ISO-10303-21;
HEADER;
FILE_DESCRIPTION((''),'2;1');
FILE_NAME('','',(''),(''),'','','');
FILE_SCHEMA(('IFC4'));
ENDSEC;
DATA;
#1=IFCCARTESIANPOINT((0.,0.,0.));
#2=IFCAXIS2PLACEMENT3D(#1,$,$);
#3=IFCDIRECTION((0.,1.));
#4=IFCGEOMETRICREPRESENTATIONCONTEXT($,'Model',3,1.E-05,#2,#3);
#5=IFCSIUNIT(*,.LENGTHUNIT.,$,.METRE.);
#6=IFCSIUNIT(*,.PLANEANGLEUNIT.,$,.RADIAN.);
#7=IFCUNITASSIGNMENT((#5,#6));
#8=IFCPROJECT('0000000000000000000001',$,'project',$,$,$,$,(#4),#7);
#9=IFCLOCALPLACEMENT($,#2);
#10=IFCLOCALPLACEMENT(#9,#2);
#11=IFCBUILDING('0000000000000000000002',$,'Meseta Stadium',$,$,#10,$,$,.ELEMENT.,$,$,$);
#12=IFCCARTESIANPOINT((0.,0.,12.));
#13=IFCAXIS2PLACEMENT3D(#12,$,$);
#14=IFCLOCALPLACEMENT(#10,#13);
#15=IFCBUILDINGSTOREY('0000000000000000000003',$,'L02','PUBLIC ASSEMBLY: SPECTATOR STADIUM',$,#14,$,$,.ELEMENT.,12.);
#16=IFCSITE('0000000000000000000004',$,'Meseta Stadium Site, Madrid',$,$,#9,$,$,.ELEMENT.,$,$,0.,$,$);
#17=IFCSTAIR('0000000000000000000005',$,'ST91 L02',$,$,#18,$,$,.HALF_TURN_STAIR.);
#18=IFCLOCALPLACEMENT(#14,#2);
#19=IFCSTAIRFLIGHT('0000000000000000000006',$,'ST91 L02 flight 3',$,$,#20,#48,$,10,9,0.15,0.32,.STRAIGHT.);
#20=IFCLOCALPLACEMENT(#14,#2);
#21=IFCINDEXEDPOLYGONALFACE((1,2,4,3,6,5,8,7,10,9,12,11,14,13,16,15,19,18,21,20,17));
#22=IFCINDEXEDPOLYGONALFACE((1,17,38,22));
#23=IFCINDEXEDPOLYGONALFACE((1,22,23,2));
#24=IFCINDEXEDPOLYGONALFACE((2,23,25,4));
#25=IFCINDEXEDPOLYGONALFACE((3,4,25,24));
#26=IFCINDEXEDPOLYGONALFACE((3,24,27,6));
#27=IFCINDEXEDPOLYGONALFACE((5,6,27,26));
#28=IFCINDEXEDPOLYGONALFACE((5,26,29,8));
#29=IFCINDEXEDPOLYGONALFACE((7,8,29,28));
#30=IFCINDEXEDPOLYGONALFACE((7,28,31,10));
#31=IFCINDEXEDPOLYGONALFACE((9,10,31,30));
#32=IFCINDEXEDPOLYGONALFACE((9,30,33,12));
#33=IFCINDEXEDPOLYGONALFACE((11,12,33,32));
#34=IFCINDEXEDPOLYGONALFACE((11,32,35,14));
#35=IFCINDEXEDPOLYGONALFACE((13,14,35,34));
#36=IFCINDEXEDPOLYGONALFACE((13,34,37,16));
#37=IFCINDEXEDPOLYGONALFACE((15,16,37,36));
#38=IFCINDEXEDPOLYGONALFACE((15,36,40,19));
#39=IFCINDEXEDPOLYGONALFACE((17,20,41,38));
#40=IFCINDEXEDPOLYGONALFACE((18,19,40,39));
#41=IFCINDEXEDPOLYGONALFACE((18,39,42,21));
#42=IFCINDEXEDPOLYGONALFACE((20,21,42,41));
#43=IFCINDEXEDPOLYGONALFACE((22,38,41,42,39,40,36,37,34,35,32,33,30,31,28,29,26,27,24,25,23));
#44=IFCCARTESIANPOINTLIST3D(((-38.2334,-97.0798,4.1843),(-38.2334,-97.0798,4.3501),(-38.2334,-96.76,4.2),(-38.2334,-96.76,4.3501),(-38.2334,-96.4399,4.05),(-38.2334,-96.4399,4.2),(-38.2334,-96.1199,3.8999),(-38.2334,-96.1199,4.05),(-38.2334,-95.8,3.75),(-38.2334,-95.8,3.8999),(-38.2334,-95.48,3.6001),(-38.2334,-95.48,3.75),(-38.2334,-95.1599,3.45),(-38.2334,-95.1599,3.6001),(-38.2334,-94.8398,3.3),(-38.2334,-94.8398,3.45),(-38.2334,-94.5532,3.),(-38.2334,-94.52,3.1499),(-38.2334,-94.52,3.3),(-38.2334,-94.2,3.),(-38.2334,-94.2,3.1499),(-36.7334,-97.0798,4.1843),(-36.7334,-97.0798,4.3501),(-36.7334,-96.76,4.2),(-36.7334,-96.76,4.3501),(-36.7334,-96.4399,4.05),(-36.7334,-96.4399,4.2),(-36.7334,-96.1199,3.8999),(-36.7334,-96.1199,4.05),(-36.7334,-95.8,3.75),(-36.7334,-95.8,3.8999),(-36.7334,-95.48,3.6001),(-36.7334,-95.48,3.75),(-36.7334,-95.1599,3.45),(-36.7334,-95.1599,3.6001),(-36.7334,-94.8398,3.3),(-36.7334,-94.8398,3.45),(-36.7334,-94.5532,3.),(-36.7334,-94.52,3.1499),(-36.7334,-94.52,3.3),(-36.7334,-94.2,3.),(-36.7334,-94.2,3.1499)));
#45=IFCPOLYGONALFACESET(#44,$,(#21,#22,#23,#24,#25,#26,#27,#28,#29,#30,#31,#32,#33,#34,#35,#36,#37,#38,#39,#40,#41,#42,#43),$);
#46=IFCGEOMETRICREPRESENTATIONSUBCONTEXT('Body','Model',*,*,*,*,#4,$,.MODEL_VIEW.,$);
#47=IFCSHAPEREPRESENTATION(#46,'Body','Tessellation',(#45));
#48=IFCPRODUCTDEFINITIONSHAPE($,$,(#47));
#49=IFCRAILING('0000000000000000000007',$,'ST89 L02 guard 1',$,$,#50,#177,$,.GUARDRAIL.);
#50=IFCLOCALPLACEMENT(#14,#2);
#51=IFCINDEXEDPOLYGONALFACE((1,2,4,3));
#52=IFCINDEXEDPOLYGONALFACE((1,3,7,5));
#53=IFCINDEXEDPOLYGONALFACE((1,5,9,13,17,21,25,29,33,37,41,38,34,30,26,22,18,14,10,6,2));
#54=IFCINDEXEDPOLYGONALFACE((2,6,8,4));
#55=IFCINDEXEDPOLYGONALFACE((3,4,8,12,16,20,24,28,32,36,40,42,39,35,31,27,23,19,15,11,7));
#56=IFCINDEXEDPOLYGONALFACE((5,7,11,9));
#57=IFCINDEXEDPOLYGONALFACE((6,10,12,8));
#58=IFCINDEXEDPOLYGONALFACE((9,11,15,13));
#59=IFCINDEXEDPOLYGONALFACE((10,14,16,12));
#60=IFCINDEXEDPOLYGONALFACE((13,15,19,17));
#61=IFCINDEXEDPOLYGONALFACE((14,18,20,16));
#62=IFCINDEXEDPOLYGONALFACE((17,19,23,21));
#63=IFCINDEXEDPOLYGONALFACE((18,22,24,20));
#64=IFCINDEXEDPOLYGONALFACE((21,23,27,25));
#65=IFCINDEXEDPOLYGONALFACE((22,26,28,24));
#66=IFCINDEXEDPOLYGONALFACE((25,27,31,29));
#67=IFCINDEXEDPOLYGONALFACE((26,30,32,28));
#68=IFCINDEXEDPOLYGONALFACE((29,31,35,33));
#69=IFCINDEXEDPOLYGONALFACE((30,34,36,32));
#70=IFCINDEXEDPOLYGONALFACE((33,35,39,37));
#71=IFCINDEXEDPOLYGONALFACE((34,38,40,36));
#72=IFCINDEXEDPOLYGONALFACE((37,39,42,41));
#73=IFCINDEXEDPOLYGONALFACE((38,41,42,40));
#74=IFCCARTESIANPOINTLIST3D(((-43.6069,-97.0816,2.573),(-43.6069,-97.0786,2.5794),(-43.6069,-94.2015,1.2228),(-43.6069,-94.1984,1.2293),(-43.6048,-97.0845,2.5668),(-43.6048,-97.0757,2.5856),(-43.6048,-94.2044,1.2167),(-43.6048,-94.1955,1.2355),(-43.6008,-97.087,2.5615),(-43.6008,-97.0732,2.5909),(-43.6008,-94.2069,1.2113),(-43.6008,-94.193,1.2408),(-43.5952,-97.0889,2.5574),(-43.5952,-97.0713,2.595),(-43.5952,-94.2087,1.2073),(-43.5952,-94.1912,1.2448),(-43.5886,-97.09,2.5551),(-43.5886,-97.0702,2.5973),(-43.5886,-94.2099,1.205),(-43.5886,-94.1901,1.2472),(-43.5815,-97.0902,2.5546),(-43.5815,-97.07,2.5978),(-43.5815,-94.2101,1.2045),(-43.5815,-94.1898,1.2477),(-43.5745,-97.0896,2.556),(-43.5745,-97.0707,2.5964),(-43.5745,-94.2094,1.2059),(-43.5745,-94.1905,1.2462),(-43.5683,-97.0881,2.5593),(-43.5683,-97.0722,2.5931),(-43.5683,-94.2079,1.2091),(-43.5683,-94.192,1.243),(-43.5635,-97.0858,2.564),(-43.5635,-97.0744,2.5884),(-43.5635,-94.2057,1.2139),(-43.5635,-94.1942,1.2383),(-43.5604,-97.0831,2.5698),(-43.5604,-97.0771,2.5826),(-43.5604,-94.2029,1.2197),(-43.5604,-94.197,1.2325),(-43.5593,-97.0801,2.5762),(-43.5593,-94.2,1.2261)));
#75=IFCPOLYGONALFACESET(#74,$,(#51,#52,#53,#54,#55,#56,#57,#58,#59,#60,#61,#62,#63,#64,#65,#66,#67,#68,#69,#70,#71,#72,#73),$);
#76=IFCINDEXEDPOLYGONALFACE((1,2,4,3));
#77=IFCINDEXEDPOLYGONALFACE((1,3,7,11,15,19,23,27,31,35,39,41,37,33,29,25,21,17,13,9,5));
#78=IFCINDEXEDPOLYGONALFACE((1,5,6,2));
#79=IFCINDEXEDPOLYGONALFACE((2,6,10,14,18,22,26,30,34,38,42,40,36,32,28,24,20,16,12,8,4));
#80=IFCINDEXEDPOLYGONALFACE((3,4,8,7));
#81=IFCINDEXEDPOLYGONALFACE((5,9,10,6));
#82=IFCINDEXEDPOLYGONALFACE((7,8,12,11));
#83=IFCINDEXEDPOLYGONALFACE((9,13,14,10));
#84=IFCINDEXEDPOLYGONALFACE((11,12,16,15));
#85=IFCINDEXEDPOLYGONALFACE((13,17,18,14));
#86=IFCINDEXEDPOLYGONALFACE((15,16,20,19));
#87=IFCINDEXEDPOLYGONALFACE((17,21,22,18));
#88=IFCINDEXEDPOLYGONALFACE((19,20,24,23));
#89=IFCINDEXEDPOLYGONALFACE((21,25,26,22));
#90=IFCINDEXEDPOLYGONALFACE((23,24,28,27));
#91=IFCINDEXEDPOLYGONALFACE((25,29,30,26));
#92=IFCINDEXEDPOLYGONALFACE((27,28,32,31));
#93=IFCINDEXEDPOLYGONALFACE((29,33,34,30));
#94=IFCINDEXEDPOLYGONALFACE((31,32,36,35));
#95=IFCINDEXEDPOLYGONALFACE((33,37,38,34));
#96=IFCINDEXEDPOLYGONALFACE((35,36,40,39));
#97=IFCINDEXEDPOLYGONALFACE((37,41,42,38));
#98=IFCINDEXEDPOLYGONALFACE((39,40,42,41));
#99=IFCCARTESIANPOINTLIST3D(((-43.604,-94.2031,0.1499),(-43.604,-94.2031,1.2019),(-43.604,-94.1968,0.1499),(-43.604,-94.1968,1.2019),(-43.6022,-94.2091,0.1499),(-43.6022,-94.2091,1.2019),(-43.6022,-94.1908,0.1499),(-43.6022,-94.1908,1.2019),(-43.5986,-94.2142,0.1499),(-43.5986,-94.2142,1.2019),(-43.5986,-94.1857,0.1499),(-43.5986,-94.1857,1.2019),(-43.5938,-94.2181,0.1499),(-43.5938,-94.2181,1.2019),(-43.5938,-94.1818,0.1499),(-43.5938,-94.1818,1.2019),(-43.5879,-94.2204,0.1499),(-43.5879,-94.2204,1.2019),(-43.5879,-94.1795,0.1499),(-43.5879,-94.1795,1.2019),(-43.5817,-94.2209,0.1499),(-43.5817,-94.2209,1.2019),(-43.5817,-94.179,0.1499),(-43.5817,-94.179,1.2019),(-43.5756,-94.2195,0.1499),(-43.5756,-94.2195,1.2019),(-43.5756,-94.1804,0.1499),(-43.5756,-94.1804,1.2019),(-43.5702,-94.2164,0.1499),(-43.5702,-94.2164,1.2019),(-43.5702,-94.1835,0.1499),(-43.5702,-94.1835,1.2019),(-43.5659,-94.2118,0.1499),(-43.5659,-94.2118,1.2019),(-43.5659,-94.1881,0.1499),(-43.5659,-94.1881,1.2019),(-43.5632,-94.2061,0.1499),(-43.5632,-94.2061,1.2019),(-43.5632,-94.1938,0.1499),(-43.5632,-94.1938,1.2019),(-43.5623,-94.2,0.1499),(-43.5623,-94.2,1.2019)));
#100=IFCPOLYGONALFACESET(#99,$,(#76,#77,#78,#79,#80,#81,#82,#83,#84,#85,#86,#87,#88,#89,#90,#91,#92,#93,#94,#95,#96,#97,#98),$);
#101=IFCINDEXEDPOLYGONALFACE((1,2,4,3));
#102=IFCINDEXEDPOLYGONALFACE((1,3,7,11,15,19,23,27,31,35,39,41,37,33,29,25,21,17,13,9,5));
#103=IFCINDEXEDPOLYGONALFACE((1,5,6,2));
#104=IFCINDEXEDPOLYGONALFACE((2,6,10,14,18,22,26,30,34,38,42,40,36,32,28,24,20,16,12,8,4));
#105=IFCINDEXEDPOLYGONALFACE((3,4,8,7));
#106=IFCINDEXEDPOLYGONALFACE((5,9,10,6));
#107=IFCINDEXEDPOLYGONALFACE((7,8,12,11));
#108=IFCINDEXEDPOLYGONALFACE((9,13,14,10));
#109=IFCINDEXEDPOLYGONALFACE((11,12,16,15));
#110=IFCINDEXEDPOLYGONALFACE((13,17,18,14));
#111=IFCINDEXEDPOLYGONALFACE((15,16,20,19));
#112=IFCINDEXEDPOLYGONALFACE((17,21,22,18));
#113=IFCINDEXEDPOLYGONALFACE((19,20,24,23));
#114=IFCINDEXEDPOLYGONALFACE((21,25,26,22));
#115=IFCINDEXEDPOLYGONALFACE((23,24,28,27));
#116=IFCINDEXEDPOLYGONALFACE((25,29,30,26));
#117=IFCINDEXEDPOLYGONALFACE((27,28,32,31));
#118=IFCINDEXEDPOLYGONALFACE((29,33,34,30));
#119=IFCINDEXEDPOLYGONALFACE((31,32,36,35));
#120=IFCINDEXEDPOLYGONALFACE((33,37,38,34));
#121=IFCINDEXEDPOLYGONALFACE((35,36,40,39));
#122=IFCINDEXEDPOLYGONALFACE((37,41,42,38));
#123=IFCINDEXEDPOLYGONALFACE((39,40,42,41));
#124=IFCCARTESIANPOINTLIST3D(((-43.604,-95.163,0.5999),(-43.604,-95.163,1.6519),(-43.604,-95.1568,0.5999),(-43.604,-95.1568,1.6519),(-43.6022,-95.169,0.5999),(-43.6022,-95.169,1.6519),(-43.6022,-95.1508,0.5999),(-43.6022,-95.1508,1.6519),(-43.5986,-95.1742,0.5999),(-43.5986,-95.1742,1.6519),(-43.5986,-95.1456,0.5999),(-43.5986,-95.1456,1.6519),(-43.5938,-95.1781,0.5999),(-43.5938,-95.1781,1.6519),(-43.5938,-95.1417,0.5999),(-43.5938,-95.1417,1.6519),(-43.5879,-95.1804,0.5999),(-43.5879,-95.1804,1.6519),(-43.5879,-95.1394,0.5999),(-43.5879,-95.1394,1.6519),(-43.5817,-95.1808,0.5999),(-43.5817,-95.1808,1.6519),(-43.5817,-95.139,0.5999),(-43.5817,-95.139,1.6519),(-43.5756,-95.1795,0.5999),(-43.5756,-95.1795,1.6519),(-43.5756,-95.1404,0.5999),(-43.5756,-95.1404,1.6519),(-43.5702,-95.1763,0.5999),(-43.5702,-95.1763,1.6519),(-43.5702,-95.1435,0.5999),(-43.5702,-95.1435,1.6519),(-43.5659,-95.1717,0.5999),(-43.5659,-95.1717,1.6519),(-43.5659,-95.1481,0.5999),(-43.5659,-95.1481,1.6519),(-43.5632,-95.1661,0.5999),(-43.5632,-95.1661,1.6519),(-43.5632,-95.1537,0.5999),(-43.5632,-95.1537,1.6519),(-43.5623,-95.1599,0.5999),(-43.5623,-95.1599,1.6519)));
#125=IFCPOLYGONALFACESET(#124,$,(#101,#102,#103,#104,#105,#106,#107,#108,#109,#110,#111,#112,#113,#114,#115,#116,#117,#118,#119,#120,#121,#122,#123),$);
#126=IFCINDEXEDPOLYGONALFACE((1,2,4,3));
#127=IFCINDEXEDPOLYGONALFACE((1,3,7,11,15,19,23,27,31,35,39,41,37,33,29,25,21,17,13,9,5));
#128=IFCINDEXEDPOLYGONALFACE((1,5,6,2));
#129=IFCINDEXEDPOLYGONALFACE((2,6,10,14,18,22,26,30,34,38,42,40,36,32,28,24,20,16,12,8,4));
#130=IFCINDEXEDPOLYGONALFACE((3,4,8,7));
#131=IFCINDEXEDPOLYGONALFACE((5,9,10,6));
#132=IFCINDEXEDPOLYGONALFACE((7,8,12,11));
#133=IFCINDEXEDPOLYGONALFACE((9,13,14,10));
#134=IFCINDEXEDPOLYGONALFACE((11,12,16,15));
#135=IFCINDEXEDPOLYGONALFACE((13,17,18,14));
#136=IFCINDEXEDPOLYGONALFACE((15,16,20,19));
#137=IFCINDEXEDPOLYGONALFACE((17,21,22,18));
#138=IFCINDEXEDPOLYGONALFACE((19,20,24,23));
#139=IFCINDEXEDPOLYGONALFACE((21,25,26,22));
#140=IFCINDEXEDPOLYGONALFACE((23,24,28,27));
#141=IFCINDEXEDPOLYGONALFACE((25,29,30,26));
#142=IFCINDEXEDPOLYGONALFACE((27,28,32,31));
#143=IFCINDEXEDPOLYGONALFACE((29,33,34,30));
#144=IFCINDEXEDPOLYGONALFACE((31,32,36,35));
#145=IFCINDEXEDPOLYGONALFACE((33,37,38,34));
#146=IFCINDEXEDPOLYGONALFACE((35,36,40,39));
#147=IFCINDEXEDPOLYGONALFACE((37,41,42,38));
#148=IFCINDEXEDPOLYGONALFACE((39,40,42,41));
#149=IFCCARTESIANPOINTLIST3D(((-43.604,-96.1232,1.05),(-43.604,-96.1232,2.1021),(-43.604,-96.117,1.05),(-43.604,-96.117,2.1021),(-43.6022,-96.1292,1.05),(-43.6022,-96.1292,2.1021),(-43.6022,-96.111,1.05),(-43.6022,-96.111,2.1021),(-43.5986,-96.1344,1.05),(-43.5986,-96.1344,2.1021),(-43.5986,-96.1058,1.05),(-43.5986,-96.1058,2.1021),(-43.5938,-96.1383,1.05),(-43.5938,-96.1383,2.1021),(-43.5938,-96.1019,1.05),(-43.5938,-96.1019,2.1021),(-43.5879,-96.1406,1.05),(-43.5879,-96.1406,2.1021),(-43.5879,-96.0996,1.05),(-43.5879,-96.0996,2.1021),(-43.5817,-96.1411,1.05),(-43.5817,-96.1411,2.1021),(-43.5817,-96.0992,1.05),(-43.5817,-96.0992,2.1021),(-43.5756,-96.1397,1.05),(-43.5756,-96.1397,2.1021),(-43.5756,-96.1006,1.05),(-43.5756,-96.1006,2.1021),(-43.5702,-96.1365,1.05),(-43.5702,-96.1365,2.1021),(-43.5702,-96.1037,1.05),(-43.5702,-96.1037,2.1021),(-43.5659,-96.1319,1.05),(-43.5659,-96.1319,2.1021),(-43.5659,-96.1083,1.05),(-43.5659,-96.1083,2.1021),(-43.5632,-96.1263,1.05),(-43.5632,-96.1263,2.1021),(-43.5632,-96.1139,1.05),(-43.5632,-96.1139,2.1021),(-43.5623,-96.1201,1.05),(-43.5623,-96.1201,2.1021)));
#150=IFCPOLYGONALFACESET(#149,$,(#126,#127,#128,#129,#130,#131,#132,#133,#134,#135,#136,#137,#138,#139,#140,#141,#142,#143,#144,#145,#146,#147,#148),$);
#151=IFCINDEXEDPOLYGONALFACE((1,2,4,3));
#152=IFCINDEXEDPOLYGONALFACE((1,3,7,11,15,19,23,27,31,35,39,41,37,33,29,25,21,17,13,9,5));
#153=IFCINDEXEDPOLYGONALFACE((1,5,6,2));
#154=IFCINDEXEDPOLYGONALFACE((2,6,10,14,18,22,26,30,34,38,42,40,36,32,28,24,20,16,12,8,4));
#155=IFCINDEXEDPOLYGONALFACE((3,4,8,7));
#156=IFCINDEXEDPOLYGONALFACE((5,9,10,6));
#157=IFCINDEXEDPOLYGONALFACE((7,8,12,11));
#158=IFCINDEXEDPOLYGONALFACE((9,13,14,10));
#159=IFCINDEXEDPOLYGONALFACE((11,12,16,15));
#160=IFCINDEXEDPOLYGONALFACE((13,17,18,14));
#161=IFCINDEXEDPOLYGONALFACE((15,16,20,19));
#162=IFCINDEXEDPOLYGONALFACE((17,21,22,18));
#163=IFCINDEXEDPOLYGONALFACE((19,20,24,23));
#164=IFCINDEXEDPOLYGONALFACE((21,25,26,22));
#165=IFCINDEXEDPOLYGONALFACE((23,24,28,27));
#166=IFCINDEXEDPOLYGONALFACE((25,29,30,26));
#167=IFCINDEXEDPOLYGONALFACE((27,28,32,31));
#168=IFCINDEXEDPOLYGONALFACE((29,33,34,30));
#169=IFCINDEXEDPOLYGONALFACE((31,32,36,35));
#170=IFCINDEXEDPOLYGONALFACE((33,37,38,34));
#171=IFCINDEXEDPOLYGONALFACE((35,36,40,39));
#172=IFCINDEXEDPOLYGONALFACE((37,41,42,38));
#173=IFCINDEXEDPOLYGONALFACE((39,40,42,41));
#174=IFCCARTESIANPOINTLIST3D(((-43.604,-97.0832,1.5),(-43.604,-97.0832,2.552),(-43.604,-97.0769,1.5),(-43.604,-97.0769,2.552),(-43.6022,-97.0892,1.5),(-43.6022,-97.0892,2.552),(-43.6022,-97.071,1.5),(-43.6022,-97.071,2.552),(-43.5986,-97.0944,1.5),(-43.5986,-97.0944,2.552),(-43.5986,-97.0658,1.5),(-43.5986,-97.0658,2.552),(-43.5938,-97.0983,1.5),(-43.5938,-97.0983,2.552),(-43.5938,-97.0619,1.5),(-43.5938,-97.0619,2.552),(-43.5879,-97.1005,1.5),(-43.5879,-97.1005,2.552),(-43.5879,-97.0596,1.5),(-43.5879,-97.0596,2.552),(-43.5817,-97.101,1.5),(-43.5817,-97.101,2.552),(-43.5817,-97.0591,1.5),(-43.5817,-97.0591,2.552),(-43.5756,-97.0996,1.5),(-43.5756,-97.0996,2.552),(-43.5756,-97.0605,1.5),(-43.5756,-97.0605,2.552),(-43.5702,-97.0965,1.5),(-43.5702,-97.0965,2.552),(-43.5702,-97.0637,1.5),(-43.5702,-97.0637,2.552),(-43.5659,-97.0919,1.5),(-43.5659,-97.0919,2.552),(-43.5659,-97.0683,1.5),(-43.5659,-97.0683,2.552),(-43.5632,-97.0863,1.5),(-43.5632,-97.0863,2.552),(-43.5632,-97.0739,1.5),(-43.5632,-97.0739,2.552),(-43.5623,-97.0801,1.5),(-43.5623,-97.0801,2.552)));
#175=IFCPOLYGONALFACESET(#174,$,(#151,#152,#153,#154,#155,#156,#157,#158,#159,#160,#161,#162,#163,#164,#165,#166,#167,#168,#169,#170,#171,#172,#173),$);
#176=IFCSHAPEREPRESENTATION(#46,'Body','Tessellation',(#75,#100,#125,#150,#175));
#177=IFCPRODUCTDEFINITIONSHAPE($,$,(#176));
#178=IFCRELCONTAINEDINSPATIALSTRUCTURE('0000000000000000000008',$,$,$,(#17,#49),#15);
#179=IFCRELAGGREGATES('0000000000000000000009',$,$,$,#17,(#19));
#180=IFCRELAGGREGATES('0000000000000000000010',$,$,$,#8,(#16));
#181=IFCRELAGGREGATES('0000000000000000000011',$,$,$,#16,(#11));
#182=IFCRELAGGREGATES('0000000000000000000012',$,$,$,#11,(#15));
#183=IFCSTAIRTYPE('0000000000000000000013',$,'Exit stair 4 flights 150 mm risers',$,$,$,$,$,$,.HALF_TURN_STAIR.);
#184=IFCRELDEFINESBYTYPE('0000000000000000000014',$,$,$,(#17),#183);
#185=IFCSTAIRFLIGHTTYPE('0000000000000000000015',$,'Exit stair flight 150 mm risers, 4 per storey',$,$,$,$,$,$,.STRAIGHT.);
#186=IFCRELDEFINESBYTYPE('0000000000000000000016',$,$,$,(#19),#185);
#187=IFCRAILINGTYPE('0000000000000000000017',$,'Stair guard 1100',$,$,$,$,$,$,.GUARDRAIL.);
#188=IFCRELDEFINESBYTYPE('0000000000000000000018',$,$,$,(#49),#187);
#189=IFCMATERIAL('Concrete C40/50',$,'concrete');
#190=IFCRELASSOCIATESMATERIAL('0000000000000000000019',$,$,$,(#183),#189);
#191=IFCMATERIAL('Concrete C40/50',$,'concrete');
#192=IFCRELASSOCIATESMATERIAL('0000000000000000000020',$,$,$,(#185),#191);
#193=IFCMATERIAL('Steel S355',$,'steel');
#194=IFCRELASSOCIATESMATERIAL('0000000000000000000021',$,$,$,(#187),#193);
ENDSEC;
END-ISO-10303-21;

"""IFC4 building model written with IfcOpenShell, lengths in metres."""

from ifc_helpers import new_model, si_unit, direction, frame, origin, origin_2d, place, context, subcontext, project, spatial, polyline, circle, outline, extrude, material, type_object, element, aggregate, save


model = new_model("IFC4")

# Units and contexts
model_context = context("Model", 3, precision=1e-05, world=origin(), true_north=direction((0.0, 1.0)))
body_context = subcontext(model_context, "Body", "Model", "MODEL_VIEW")
ifc_project = project(units=[si_unit("LENGTHUNIT", "METRE"), si_unit("PLANEANGLEUNIT", "RADIAN")], contexts=[model_context])

# Site, building, storey
site_placement = place(None, origin())
site = spatial("IfcSite", under=ifc_project, at=site_placement, Name="Meseta Stadium Site, Madrid", CompositionType="ELEMENT", RefElevation=0.0)
building_placement = place(site_placement, origin())
building = spatial("IfcBuilding", under=site, at=building_placement, Name="Meseta Stadium", CompositionType="ELEMENT")
storey_placement = place(building_placement, frame((0.0, 0.0, 12.0)))
storey = spatial("IfcBuildingStorey", under=building, at=storey_placement, Name="L02", Description="PUBLIC ASSEMBLY: SPECTATOR STADIUM", CompositionType="ELEMENT", Elevation=12.0)

# Stair, stair flight
ifc_material_1 = material(Name="Concrete C40/50", Category="concrete")
stair_type = type_object("IfcStairType", Name="Exit stair 4 flights 150 mm risers", PredefinedType="HALF_TURN_STAIR", material=ifc_material_1)
ifc_material_2 = material(Name="Concrete C40/50", Category="concrete")
stair_flight_type = type_object("IfcStairFlightType", Name="Exit stair flight 150 mm risers, 4 per storey", PredefinedType="STRAIGHT", material=ifc_material_2)
stair_1_placement = place(storey_placement, origin())
stair_1 = element("IfcStair", 1, at=stair_1_placement, inside=storey, type_object=stair_type, Name="ST91 L02", PredefinedType="HALF_TURN_STAIR")
stair_flight_1_placement = place(storey_placement, frame((-37.4834, -94.2, 3.0), z_axis=(0.0, 0.0, 1.0), x_axis=(0.0, -1.0, 0.0)))
stair_flight_1 = element("IfcStairFlight", 2, at=stair_flight_1_placement, type_object=stair_flight_type, Name="ST91 L02 flight 3", NumberOfRisers=10, NumberOfTreads=9, PredefinedType="STRAIGHT", RiserHeight=0.15, TreadLength=0.32, context=body_context, shape_type="SweptSolid", body=[
    extrude(outline(polyline([(0.0, 0.0), (0.0, 0.1499), (0.3201, 0.1499), (0.3201, 0.3), (0.6399, 0.3), (0.6399, 0.45), (0.96, 0.45), (0.96, 0.6001), (1.28, 0.6001), (1.28, 0.75), (1.6001, 0.75), (1.6001, 0.8999), (1.9199, 0.8999), (1.9199, 1.05), (2.24, 1.05), (2.24, 1.2), (2.5601, 1.2), (2.5601, 1.3501), (2.8799, 1.3501), (2.8799, 1.1843), (0.3533, 0.0), (0.0, 0.0)])), frame((0.0, 0.75, 0.0), z_axis=(0.0, -1.0, 0.0), x_axis=(1.0, 0.0, 0.0)), (0.0, 0.0, 1.0), 1.5),
])
aggregate(stair_1, [stair_flight_1])

# Railing
ifc_material_3 = material(Name="Steel S355", Category="steel")
railing_type_1 = type_object("IfcRailingType", Name="Stair guard 1100", PredefinedType="GUARDRAIL", material=ifc_material_3)
for number, where, name in (
    (3, (-43.5833, -94.2, 0.1499), "ST89 L02 guard 1"),
):
    element("IfcRailing", number, at=place(storey_placement, frame(where)), inside=storey, type_object=railing_type_1, Name=name, PredefinedType="GUARDRAIL", context=body_context, shape_type="SweptSolid", body=[
        extrude(circle(Radius=0.0239, at=origin_2d()), frame((0.0, 0.0, 1.0762), z_axis=(0.0, -0.905454, 0.424444), x_axis=(1.0, 0.0, 0.0)), (0.0, 0.0, 1.0), 3.1809),
        extrude(circle(Radius=0.021, at=origin_2d()), origin(), (0.0, 0.0, 1.0), 1.052),
        extrude(circle(Radius=0.021, at=origin_2d()), frame((0.0, -0.96, 0.45)), (0.0, 0.0, 1.0), 1.052),
        extrude(circle(Radius=0.021, at=origin_2d()), frame((0.0, -1.9202, 0.9001)), (0.0, 0.0, 1.0), 1.052),
        extrude(circle(Radius=0.021, at=origin_2d()), frame((0.0, -2.8801, 1.3501)), (0.0, 0.0, 1.0), 1.052),
    ])

save(model, "model.ifc")
